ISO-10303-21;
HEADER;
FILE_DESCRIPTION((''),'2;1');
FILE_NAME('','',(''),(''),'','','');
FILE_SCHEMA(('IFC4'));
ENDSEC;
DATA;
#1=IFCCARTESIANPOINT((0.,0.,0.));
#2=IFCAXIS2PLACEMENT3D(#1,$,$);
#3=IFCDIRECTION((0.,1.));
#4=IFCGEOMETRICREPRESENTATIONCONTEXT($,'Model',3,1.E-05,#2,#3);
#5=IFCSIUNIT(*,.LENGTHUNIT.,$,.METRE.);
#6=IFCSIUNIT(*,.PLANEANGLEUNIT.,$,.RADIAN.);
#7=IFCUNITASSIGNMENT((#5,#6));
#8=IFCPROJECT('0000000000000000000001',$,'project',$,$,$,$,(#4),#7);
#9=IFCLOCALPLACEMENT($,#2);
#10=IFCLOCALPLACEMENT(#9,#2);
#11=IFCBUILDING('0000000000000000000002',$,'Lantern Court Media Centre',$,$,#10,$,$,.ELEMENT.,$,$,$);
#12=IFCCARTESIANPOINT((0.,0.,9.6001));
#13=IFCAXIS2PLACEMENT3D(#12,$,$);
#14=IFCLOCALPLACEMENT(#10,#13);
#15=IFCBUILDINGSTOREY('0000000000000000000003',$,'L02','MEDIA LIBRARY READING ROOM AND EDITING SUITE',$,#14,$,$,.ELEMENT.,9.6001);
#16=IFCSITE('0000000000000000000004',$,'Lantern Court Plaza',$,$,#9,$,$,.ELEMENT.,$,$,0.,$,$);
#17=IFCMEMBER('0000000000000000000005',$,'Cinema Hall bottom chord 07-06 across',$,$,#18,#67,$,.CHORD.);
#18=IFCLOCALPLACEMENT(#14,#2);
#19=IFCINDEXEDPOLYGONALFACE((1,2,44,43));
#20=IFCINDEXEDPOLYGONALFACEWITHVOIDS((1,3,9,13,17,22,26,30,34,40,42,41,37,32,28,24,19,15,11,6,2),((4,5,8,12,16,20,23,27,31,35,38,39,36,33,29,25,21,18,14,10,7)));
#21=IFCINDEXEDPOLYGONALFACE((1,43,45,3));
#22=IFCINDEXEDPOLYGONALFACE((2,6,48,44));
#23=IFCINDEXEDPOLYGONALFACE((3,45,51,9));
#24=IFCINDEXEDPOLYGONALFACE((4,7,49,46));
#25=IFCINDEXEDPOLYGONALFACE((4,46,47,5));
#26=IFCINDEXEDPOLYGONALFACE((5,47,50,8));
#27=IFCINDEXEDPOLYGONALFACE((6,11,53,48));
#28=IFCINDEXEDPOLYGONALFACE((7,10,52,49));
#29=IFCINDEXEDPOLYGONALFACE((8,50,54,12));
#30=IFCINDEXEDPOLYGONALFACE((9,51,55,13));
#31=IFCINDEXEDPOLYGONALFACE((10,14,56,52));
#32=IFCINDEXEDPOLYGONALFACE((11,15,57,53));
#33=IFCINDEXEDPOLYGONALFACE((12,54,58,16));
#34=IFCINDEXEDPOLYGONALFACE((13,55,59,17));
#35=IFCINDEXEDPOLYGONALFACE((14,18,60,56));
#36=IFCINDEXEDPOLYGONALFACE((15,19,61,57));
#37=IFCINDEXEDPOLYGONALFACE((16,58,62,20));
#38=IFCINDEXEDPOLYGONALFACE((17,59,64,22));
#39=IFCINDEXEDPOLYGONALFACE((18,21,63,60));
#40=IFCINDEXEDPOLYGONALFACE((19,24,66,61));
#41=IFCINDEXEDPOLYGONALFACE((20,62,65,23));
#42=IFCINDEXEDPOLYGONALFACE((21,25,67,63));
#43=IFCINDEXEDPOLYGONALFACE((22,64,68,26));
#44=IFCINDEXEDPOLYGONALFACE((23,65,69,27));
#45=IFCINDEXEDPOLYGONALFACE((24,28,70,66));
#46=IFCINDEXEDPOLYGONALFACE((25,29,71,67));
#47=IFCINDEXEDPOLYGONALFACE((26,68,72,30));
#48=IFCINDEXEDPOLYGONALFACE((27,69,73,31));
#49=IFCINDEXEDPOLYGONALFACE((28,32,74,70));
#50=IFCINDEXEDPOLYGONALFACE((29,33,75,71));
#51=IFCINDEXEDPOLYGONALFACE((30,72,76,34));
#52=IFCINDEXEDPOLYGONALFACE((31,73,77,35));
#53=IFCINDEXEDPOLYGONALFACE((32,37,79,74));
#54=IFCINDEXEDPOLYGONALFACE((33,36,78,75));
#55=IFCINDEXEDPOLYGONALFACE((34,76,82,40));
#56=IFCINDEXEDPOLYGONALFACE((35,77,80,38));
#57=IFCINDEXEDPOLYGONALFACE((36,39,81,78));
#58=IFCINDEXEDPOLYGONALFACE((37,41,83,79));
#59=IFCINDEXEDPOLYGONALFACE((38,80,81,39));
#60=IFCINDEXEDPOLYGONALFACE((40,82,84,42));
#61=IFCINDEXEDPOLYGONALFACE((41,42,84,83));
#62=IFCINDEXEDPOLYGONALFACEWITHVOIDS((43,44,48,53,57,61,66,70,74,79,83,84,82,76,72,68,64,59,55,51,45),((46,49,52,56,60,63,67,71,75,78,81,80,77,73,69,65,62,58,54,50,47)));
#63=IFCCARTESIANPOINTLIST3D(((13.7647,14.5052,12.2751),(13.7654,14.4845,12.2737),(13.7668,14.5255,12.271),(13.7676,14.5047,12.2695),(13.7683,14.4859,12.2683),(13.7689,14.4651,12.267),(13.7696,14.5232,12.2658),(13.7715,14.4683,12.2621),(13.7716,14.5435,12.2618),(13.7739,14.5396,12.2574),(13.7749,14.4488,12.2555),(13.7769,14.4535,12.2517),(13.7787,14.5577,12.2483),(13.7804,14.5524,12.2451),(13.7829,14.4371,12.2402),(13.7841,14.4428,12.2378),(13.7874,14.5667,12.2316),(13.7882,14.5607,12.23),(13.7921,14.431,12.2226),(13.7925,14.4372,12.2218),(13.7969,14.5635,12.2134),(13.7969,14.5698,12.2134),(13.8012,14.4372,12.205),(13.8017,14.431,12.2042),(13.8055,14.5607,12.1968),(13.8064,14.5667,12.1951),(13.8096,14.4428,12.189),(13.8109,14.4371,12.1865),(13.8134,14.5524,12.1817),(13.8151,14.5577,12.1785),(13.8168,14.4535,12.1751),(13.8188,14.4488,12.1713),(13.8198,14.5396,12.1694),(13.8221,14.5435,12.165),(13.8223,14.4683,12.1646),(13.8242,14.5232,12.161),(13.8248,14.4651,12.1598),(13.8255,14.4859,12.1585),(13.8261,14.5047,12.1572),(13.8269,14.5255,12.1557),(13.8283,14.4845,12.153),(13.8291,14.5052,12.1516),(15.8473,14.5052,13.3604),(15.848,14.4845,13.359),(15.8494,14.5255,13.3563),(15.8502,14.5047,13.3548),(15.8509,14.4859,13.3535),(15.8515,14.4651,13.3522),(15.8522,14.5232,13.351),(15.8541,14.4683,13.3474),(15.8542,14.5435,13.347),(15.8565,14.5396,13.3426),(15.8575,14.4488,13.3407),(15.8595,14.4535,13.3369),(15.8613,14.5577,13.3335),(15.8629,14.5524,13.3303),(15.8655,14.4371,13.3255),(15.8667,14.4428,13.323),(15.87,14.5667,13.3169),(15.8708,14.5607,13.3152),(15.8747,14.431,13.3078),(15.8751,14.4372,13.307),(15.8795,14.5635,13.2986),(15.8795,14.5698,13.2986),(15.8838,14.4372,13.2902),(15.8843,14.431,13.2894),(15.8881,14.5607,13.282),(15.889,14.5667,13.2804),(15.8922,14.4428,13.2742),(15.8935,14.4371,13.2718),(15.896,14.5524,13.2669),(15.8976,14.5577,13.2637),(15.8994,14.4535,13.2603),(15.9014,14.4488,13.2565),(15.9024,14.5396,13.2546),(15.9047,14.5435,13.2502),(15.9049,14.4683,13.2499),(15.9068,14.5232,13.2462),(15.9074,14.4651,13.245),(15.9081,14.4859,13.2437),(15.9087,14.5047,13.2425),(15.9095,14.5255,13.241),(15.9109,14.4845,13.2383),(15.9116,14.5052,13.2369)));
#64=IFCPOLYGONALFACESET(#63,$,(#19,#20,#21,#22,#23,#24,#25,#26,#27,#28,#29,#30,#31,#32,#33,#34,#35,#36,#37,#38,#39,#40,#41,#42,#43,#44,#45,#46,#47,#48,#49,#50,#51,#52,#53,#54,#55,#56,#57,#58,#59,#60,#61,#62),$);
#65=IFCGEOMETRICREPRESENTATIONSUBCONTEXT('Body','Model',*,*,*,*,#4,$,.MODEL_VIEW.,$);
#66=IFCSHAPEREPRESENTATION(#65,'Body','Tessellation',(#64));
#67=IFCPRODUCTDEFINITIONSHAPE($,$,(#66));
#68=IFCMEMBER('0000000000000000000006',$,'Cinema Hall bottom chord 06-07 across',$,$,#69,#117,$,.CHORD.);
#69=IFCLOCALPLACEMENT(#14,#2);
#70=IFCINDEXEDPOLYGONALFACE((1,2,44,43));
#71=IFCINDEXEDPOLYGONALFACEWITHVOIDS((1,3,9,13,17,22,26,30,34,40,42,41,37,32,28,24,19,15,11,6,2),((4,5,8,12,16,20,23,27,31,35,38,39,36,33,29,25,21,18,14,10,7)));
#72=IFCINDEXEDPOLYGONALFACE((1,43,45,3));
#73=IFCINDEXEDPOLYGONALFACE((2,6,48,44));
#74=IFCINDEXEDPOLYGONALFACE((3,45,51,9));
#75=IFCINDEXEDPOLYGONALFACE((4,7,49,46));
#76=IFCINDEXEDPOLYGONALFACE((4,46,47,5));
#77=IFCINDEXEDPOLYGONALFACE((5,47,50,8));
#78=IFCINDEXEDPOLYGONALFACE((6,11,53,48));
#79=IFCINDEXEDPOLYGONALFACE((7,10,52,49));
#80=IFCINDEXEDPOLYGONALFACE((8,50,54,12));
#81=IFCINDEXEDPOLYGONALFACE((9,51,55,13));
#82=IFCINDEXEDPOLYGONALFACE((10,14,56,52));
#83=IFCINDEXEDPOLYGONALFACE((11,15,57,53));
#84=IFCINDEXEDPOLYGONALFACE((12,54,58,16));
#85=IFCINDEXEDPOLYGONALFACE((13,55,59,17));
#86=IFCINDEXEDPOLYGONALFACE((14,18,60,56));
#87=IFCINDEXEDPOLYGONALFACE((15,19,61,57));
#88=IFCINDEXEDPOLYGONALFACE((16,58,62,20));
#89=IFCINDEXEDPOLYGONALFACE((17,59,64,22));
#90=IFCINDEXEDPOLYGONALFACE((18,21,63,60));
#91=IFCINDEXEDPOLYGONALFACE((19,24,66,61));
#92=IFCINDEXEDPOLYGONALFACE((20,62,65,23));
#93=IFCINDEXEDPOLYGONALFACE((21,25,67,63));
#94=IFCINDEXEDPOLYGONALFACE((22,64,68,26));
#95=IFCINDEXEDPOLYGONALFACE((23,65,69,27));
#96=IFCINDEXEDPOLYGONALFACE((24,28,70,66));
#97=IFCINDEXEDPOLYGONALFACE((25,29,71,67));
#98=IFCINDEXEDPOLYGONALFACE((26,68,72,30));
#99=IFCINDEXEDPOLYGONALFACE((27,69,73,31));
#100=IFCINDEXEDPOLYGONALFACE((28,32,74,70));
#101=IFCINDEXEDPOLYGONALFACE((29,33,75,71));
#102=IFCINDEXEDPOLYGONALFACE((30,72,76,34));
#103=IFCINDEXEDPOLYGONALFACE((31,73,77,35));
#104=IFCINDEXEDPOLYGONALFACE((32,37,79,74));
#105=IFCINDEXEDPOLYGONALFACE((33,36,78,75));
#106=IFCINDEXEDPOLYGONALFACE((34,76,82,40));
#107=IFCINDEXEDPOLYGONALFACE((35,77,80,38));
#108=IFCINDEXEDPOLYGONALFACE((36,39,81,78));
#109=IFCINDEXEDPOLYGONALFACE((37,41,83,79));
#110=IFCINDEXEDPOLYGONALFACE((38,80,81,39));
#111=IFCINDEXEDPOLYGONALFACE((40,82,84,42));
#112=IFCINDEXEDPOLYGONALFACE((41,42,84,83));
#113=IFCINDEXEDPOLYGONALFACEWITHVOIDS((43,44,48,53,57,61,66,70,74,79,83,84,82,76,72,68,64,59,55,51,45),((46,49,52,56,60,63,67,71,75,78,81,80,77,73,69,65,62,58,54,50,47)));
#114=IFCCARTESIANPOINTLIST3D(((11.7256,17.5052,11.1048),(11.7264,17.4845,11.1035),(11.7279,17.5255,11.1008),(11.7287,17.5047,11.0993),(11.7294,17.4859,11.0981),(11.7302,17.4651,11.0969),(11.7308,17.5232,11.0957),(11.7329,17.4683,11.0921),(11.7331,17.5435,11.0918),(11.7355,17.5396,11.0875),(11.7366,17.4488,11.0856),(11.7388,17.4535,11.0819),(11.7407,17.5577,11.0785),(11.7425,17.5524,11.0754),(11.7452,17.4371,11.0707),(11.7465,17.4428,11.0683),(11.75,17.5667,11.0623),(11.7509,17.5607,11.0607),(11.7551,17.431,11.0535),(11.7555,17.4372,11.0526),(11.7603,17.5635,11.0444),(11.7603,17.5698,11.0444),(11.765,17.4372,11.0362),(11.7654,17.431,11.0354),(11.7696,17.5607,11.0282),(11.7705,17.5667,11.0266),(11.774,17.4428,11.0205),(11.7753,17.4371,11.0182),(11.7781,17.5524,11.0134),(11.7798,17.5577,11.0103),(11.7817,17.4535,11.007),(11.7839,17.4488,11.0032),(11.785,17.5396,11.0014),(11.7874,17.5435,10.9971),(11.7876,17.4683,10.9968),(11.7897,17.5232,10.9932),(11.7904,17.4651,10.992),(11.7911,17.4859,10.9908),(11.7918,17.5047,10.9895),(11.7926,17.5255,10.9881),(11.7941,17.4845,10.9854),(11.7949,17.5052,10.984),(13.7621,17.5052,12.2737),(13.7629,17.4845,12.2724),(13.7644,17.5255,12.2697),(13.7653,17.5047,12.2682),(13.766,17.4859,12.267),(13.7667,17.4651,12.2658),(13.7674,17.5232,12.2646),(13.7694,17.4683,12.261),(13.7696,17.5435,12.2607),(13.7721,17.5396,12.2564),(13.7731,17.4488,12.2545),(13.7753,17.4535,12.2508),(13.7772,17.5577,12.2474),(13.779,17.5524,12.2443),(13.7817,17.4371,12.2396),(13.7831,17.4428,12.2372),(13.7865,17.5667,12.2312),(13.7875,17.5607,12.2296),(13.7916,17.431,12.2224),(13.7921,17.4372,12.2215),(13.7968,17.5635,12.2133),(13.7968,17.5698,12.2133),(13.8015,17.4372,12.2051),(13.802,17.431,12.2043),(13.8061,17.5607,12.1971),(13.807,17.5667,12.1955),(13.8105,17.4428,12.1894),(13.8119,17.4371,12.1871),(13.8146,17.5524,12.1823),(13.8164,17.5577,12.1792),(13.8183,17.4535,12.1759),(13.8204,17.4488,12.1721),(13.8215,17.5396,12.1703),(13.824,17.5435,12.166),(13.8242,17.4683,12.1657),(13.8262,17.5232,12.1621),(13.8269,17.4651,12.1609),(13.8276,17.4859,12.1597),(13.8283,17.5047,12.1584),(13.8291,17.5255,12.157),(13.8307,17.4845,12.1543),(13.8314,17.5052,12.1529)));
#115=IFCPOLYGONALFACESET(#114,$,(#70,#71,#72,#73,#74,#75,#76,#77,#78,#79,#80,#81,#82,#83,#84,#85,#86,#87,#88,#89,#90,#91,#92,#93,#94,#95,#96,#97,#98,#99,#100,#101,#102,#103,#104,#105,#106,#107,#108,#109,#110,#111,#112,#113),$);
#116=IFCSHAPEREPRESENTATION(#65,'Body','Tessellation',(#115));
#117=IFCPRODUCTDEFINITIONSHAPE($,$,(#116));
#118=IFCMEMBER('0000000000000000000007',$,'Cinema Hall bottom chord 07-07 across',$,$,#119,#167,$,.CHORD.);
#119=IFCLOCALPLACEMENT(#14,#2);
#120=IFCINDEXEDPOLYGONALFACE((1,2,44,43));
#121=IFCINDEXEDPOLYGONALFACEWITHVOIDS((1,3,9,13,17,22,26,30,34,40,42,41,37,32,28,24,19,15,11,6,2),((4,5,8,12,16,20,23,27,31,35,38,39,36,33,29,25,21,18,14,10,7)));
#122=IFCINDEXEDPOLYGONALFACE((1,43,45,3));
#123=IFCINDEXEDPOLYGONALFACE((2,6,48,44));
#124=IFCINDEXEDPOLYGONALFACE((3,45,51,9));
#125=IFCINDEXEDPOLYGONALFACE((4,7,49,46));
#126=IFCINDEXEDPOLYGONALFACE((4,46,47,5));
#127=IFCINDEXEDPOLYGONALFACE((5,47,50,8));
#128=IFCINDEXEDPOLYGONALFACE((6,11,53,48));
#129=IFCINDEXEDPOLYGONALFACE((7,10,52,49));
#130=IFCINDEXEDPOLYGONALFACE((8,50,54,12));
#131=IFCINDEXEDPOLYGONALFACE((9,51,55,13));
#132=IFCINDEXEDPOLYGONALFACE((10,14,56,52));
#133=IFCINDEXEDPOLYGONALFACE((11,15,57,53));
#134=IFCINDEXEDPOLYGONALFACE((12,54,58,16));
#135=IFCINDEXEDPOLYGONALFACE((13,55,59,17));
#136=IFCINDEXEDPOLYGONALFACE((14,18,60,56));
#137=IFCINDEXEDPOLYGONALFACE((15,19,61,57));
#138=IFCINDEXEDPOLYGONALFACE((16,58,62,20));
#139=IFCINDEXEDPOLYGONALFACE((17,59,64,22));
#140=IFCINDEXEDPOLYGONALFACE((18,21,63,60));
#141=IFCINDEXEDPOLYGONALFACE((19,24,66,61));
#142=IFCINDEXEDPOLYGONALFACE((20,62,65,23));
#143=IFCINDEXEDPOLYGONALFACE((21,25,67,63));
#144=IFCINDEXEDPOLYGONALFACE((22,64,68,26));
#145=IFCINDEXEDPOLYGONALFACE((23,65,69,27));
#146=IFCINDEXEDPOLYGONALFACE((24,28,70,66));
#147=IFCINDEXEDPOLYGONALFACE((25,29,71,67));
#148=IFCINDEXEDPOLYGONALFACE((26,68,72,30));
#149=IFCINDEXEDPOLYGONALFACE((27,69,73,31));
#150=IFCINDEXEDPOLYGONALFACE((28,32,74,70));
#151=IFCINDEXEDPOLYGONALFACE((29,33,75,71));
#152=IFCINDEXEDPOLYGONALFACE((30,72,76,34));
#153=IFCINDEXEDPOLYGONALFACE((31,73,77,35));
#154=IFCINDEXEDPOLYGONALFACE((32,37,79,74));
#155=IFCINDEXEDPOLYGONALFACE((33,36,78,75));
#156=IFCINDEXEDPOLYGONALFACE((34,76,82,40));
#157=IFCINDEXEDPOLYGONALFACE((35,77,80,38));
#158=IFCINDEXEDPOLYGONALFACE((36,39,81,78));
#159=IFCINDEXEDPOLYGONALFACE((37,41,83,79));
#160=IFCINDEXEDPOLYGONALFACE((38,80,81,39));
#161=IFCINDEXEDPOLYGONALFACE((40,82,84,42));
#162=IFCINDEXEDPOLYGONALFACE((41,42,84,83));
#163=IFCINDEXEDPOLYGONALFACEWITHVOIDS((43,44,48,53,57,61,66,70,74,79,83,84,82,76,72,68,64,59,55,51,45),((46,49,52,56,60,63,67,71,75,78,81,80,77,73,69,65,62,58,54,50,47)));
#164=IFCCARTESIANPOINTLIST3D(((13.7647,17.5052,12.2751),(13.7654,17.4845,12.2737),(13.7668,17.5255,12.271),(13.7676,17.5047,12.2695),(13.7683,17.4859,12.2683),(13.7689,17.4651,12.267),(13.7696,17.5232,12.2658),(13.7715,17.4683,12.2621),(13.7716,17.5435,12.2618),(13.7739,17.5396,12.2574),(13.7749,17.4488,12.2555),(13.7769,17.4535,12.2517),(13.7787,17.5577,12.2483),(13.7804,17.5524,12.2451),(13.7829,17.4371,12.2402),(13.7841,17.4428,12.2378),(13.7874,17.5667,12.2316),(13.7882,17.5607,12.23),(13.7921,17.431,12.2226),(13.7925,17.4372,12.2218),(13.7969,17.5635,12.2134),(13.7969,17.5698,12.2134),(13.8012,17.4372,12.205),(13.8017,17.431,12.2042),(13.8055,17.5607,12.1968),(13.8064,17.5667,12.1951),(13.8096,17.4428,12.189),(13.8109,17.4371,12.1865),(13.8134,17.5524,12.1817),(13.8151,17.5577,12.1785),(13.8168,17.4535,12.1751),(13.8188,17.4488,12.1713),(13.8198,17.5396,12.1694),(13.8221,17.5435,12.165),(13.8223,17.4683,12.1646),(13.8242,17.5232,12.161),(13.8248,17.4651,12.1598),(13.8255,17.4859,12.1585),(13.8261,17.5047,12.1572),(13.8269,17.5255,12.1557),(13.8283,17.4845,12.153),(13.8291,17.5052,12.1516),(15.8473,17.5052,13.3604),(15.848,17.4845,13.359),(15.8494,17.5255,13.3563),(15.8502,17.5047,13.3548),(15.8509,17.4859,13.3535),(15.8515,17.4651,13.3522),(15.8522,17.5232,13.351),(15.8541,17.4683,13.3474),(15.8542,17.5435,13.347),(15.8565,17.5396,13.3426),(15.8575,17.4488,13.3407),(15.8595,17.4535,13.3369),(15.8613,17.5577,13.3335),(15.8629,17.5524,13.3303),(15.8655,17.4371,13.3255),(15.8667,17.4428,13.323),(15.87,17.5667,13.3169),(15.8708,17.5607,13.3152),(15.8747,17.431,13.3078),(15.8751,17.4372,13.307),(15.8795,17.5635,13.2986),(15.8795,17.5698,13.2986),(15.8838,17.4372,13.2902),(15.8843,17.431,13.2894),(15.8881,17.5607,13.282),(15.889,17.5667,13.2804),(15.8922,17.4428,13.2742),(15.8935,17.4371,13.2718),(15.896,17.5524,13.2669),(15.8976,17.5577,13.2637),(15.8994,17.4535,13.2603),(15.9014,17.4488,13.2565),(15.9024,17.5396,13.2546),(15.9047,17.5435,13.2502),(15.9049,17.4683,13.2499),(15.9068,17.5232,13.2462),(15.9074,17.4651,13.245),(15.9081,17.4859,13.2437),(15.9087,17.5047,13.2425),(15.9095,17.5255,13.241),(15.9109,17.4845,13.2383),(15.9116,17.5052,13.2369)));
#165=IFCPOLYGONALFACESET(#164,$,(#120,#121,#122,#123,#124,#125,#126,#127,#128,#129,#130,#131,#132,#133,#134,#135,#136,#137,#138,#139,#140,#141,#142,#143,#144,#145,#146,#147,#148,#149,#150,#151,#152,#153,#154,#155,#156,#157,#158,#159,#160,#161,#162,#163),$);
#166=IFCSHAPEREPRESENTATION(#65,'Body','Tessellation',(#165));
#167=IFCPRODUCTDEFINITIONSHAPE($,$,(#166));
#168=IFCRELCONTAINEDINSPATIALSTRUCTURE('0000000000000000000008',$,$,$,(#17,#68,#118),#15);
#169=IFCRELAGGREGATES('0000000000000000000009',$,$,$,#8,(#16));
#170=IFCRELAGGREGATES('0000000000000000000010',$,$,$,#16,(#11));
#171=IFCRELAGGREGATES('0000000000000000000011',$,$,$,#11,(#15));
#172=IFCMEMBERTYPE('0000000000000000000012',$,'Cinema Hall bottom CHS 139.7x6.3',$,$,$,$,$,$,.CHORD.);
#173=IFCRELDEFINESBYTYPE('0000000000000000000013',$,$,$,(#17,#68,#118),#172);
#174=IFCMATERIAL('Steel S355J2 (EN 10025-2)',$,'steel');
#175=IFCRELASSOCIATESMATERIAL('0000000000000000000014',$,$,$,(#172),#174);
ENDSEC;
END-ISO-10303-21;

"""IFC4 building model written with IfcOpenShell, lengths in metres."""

from ifc_helpers import new_model, si_unit, direction, frame, origin, origin_2d, place, context, subcontext, project, spatial, hollow_circle, extrude, material, material_profile, profile_set, type_object, element, save


model = new_model("IFC4")

# Units and contexts
model_context = context("Model", 3, precision=1e-05, world=origin(), true_north=direction((0.0, 1.0)))
body_context = subcontext(model_context, "Body", "Model", "MODEL_VIEW")
ifc_project = project(units=[si_unit("LENGTHUNIT", "METRE"), si_unit("PLANEANGLEUNIT", "RADIAN")], contexts=[model_context])

# Site, building, storey
site_placement = place(None, origin())
site = spatial("IfcSite", under=ifc_project, at=site_placement, Name="Lantern Court Plaza", CompositionType="ELEMENT", RefElevation=0.0)
building_placement = place(site_placement, origin())
building = spatial("IfcBuilding", under=site, at=building_placement, Name="Lantern Court Media Centre", CompositionType="ELEMENT")
storey_placement = place(building_placement, frame((0.0, 0.0, 9.6001)))
storey = spatial("IfcBuildingStorey", under=building, at=storey_placement, Name="L02", Description="MEDIA LIBRARY READING ROOM AND EDITING SUITE", CompositionType="ELEMENT", Elevation=9.6001)

# Members
ifc_material = material(Name="Steel S355J2 (EN 10025-2)", Category="steel")
ifc_material_profile_1 = material_profile(ifc_material, hollow_circle(Radius=0.0698, WallThickness=0.0063, at=origin_2d()), Name="Cinema Hall bottom CHS 139.7x6.3")
ifc_profile_set_1 = profile_set([ifc_material_profile_1], Name="Steel S355J2 (EN 10025-2)")
member_type_1 = type_object("IfcMemberType", Name="Cinema Hall bottom CHS 139.7x6.3", PredefinedType="CHORD", material=ifc_profile_set_1)
member_1_placement = place(storey_placement, frame((13.7969, 14.5, 12.2134), z_axis=(0.886816, 0.0, 0.462122), x_axis=(0.0, 1.0, 0.0)))
element("IfcMember", 1, at=member_1_placement, inside=storey, type_object=member_type_1, Name="Cinema Hall bottom chord 07-06 across", PredefinedType="CHORD", context=body_context, shape_type="SweptSolid", body=[
    extrude(hollow_circle(Radius=0.0698, WallThickness=0.0063, at=origin_2d()), origin(), (0.0, 0.0, 1.0), 2.3484),
])
member_2_placement = place(storey_placement, frame((11.7603, 17.5, 11.0444), z_axis=(0.867295, 0.0, 0.497795), x_axis=(0.0, 1.0, 0.0)))
element("IfcMember", 2, at=member_2_placement, inside=storey, type_object=member_type_1, Name="Cinema Hall bottom chord 06-07 across", PredefinedType="CHORD", context=body_context, shape_type="SweptSolid", body=[
    extrude(hollow_circle(Radius=0.0698, WallThickness=0.0063, at=origin_2d()), origin(), (0.0, 0.0, 1.0), 2.3481),
])
member_3_placement = place(storey_placement, frame((13.7969, 17.5, 12.2134), z_axis=(0.886816, 0.0, 0.462122), x_axis=(0.0, 1.0, 0.0)))
element("IfcMember", 3, at=member_3_placement, inside=storey, type_object=member_type_1, Name="Cinema Hall bottom chord 07-07 across", PredefinedType="CHORD", context=body_context, shape_type="SweptSolid", body=[
    extrude(hollow_circle(Radius=0.0698, WallThickness=0.0063, at=origin_2d()), origin(), (0.0, 0.0, 1.0), 2.3484),
])

save(model, "model.ifc")
